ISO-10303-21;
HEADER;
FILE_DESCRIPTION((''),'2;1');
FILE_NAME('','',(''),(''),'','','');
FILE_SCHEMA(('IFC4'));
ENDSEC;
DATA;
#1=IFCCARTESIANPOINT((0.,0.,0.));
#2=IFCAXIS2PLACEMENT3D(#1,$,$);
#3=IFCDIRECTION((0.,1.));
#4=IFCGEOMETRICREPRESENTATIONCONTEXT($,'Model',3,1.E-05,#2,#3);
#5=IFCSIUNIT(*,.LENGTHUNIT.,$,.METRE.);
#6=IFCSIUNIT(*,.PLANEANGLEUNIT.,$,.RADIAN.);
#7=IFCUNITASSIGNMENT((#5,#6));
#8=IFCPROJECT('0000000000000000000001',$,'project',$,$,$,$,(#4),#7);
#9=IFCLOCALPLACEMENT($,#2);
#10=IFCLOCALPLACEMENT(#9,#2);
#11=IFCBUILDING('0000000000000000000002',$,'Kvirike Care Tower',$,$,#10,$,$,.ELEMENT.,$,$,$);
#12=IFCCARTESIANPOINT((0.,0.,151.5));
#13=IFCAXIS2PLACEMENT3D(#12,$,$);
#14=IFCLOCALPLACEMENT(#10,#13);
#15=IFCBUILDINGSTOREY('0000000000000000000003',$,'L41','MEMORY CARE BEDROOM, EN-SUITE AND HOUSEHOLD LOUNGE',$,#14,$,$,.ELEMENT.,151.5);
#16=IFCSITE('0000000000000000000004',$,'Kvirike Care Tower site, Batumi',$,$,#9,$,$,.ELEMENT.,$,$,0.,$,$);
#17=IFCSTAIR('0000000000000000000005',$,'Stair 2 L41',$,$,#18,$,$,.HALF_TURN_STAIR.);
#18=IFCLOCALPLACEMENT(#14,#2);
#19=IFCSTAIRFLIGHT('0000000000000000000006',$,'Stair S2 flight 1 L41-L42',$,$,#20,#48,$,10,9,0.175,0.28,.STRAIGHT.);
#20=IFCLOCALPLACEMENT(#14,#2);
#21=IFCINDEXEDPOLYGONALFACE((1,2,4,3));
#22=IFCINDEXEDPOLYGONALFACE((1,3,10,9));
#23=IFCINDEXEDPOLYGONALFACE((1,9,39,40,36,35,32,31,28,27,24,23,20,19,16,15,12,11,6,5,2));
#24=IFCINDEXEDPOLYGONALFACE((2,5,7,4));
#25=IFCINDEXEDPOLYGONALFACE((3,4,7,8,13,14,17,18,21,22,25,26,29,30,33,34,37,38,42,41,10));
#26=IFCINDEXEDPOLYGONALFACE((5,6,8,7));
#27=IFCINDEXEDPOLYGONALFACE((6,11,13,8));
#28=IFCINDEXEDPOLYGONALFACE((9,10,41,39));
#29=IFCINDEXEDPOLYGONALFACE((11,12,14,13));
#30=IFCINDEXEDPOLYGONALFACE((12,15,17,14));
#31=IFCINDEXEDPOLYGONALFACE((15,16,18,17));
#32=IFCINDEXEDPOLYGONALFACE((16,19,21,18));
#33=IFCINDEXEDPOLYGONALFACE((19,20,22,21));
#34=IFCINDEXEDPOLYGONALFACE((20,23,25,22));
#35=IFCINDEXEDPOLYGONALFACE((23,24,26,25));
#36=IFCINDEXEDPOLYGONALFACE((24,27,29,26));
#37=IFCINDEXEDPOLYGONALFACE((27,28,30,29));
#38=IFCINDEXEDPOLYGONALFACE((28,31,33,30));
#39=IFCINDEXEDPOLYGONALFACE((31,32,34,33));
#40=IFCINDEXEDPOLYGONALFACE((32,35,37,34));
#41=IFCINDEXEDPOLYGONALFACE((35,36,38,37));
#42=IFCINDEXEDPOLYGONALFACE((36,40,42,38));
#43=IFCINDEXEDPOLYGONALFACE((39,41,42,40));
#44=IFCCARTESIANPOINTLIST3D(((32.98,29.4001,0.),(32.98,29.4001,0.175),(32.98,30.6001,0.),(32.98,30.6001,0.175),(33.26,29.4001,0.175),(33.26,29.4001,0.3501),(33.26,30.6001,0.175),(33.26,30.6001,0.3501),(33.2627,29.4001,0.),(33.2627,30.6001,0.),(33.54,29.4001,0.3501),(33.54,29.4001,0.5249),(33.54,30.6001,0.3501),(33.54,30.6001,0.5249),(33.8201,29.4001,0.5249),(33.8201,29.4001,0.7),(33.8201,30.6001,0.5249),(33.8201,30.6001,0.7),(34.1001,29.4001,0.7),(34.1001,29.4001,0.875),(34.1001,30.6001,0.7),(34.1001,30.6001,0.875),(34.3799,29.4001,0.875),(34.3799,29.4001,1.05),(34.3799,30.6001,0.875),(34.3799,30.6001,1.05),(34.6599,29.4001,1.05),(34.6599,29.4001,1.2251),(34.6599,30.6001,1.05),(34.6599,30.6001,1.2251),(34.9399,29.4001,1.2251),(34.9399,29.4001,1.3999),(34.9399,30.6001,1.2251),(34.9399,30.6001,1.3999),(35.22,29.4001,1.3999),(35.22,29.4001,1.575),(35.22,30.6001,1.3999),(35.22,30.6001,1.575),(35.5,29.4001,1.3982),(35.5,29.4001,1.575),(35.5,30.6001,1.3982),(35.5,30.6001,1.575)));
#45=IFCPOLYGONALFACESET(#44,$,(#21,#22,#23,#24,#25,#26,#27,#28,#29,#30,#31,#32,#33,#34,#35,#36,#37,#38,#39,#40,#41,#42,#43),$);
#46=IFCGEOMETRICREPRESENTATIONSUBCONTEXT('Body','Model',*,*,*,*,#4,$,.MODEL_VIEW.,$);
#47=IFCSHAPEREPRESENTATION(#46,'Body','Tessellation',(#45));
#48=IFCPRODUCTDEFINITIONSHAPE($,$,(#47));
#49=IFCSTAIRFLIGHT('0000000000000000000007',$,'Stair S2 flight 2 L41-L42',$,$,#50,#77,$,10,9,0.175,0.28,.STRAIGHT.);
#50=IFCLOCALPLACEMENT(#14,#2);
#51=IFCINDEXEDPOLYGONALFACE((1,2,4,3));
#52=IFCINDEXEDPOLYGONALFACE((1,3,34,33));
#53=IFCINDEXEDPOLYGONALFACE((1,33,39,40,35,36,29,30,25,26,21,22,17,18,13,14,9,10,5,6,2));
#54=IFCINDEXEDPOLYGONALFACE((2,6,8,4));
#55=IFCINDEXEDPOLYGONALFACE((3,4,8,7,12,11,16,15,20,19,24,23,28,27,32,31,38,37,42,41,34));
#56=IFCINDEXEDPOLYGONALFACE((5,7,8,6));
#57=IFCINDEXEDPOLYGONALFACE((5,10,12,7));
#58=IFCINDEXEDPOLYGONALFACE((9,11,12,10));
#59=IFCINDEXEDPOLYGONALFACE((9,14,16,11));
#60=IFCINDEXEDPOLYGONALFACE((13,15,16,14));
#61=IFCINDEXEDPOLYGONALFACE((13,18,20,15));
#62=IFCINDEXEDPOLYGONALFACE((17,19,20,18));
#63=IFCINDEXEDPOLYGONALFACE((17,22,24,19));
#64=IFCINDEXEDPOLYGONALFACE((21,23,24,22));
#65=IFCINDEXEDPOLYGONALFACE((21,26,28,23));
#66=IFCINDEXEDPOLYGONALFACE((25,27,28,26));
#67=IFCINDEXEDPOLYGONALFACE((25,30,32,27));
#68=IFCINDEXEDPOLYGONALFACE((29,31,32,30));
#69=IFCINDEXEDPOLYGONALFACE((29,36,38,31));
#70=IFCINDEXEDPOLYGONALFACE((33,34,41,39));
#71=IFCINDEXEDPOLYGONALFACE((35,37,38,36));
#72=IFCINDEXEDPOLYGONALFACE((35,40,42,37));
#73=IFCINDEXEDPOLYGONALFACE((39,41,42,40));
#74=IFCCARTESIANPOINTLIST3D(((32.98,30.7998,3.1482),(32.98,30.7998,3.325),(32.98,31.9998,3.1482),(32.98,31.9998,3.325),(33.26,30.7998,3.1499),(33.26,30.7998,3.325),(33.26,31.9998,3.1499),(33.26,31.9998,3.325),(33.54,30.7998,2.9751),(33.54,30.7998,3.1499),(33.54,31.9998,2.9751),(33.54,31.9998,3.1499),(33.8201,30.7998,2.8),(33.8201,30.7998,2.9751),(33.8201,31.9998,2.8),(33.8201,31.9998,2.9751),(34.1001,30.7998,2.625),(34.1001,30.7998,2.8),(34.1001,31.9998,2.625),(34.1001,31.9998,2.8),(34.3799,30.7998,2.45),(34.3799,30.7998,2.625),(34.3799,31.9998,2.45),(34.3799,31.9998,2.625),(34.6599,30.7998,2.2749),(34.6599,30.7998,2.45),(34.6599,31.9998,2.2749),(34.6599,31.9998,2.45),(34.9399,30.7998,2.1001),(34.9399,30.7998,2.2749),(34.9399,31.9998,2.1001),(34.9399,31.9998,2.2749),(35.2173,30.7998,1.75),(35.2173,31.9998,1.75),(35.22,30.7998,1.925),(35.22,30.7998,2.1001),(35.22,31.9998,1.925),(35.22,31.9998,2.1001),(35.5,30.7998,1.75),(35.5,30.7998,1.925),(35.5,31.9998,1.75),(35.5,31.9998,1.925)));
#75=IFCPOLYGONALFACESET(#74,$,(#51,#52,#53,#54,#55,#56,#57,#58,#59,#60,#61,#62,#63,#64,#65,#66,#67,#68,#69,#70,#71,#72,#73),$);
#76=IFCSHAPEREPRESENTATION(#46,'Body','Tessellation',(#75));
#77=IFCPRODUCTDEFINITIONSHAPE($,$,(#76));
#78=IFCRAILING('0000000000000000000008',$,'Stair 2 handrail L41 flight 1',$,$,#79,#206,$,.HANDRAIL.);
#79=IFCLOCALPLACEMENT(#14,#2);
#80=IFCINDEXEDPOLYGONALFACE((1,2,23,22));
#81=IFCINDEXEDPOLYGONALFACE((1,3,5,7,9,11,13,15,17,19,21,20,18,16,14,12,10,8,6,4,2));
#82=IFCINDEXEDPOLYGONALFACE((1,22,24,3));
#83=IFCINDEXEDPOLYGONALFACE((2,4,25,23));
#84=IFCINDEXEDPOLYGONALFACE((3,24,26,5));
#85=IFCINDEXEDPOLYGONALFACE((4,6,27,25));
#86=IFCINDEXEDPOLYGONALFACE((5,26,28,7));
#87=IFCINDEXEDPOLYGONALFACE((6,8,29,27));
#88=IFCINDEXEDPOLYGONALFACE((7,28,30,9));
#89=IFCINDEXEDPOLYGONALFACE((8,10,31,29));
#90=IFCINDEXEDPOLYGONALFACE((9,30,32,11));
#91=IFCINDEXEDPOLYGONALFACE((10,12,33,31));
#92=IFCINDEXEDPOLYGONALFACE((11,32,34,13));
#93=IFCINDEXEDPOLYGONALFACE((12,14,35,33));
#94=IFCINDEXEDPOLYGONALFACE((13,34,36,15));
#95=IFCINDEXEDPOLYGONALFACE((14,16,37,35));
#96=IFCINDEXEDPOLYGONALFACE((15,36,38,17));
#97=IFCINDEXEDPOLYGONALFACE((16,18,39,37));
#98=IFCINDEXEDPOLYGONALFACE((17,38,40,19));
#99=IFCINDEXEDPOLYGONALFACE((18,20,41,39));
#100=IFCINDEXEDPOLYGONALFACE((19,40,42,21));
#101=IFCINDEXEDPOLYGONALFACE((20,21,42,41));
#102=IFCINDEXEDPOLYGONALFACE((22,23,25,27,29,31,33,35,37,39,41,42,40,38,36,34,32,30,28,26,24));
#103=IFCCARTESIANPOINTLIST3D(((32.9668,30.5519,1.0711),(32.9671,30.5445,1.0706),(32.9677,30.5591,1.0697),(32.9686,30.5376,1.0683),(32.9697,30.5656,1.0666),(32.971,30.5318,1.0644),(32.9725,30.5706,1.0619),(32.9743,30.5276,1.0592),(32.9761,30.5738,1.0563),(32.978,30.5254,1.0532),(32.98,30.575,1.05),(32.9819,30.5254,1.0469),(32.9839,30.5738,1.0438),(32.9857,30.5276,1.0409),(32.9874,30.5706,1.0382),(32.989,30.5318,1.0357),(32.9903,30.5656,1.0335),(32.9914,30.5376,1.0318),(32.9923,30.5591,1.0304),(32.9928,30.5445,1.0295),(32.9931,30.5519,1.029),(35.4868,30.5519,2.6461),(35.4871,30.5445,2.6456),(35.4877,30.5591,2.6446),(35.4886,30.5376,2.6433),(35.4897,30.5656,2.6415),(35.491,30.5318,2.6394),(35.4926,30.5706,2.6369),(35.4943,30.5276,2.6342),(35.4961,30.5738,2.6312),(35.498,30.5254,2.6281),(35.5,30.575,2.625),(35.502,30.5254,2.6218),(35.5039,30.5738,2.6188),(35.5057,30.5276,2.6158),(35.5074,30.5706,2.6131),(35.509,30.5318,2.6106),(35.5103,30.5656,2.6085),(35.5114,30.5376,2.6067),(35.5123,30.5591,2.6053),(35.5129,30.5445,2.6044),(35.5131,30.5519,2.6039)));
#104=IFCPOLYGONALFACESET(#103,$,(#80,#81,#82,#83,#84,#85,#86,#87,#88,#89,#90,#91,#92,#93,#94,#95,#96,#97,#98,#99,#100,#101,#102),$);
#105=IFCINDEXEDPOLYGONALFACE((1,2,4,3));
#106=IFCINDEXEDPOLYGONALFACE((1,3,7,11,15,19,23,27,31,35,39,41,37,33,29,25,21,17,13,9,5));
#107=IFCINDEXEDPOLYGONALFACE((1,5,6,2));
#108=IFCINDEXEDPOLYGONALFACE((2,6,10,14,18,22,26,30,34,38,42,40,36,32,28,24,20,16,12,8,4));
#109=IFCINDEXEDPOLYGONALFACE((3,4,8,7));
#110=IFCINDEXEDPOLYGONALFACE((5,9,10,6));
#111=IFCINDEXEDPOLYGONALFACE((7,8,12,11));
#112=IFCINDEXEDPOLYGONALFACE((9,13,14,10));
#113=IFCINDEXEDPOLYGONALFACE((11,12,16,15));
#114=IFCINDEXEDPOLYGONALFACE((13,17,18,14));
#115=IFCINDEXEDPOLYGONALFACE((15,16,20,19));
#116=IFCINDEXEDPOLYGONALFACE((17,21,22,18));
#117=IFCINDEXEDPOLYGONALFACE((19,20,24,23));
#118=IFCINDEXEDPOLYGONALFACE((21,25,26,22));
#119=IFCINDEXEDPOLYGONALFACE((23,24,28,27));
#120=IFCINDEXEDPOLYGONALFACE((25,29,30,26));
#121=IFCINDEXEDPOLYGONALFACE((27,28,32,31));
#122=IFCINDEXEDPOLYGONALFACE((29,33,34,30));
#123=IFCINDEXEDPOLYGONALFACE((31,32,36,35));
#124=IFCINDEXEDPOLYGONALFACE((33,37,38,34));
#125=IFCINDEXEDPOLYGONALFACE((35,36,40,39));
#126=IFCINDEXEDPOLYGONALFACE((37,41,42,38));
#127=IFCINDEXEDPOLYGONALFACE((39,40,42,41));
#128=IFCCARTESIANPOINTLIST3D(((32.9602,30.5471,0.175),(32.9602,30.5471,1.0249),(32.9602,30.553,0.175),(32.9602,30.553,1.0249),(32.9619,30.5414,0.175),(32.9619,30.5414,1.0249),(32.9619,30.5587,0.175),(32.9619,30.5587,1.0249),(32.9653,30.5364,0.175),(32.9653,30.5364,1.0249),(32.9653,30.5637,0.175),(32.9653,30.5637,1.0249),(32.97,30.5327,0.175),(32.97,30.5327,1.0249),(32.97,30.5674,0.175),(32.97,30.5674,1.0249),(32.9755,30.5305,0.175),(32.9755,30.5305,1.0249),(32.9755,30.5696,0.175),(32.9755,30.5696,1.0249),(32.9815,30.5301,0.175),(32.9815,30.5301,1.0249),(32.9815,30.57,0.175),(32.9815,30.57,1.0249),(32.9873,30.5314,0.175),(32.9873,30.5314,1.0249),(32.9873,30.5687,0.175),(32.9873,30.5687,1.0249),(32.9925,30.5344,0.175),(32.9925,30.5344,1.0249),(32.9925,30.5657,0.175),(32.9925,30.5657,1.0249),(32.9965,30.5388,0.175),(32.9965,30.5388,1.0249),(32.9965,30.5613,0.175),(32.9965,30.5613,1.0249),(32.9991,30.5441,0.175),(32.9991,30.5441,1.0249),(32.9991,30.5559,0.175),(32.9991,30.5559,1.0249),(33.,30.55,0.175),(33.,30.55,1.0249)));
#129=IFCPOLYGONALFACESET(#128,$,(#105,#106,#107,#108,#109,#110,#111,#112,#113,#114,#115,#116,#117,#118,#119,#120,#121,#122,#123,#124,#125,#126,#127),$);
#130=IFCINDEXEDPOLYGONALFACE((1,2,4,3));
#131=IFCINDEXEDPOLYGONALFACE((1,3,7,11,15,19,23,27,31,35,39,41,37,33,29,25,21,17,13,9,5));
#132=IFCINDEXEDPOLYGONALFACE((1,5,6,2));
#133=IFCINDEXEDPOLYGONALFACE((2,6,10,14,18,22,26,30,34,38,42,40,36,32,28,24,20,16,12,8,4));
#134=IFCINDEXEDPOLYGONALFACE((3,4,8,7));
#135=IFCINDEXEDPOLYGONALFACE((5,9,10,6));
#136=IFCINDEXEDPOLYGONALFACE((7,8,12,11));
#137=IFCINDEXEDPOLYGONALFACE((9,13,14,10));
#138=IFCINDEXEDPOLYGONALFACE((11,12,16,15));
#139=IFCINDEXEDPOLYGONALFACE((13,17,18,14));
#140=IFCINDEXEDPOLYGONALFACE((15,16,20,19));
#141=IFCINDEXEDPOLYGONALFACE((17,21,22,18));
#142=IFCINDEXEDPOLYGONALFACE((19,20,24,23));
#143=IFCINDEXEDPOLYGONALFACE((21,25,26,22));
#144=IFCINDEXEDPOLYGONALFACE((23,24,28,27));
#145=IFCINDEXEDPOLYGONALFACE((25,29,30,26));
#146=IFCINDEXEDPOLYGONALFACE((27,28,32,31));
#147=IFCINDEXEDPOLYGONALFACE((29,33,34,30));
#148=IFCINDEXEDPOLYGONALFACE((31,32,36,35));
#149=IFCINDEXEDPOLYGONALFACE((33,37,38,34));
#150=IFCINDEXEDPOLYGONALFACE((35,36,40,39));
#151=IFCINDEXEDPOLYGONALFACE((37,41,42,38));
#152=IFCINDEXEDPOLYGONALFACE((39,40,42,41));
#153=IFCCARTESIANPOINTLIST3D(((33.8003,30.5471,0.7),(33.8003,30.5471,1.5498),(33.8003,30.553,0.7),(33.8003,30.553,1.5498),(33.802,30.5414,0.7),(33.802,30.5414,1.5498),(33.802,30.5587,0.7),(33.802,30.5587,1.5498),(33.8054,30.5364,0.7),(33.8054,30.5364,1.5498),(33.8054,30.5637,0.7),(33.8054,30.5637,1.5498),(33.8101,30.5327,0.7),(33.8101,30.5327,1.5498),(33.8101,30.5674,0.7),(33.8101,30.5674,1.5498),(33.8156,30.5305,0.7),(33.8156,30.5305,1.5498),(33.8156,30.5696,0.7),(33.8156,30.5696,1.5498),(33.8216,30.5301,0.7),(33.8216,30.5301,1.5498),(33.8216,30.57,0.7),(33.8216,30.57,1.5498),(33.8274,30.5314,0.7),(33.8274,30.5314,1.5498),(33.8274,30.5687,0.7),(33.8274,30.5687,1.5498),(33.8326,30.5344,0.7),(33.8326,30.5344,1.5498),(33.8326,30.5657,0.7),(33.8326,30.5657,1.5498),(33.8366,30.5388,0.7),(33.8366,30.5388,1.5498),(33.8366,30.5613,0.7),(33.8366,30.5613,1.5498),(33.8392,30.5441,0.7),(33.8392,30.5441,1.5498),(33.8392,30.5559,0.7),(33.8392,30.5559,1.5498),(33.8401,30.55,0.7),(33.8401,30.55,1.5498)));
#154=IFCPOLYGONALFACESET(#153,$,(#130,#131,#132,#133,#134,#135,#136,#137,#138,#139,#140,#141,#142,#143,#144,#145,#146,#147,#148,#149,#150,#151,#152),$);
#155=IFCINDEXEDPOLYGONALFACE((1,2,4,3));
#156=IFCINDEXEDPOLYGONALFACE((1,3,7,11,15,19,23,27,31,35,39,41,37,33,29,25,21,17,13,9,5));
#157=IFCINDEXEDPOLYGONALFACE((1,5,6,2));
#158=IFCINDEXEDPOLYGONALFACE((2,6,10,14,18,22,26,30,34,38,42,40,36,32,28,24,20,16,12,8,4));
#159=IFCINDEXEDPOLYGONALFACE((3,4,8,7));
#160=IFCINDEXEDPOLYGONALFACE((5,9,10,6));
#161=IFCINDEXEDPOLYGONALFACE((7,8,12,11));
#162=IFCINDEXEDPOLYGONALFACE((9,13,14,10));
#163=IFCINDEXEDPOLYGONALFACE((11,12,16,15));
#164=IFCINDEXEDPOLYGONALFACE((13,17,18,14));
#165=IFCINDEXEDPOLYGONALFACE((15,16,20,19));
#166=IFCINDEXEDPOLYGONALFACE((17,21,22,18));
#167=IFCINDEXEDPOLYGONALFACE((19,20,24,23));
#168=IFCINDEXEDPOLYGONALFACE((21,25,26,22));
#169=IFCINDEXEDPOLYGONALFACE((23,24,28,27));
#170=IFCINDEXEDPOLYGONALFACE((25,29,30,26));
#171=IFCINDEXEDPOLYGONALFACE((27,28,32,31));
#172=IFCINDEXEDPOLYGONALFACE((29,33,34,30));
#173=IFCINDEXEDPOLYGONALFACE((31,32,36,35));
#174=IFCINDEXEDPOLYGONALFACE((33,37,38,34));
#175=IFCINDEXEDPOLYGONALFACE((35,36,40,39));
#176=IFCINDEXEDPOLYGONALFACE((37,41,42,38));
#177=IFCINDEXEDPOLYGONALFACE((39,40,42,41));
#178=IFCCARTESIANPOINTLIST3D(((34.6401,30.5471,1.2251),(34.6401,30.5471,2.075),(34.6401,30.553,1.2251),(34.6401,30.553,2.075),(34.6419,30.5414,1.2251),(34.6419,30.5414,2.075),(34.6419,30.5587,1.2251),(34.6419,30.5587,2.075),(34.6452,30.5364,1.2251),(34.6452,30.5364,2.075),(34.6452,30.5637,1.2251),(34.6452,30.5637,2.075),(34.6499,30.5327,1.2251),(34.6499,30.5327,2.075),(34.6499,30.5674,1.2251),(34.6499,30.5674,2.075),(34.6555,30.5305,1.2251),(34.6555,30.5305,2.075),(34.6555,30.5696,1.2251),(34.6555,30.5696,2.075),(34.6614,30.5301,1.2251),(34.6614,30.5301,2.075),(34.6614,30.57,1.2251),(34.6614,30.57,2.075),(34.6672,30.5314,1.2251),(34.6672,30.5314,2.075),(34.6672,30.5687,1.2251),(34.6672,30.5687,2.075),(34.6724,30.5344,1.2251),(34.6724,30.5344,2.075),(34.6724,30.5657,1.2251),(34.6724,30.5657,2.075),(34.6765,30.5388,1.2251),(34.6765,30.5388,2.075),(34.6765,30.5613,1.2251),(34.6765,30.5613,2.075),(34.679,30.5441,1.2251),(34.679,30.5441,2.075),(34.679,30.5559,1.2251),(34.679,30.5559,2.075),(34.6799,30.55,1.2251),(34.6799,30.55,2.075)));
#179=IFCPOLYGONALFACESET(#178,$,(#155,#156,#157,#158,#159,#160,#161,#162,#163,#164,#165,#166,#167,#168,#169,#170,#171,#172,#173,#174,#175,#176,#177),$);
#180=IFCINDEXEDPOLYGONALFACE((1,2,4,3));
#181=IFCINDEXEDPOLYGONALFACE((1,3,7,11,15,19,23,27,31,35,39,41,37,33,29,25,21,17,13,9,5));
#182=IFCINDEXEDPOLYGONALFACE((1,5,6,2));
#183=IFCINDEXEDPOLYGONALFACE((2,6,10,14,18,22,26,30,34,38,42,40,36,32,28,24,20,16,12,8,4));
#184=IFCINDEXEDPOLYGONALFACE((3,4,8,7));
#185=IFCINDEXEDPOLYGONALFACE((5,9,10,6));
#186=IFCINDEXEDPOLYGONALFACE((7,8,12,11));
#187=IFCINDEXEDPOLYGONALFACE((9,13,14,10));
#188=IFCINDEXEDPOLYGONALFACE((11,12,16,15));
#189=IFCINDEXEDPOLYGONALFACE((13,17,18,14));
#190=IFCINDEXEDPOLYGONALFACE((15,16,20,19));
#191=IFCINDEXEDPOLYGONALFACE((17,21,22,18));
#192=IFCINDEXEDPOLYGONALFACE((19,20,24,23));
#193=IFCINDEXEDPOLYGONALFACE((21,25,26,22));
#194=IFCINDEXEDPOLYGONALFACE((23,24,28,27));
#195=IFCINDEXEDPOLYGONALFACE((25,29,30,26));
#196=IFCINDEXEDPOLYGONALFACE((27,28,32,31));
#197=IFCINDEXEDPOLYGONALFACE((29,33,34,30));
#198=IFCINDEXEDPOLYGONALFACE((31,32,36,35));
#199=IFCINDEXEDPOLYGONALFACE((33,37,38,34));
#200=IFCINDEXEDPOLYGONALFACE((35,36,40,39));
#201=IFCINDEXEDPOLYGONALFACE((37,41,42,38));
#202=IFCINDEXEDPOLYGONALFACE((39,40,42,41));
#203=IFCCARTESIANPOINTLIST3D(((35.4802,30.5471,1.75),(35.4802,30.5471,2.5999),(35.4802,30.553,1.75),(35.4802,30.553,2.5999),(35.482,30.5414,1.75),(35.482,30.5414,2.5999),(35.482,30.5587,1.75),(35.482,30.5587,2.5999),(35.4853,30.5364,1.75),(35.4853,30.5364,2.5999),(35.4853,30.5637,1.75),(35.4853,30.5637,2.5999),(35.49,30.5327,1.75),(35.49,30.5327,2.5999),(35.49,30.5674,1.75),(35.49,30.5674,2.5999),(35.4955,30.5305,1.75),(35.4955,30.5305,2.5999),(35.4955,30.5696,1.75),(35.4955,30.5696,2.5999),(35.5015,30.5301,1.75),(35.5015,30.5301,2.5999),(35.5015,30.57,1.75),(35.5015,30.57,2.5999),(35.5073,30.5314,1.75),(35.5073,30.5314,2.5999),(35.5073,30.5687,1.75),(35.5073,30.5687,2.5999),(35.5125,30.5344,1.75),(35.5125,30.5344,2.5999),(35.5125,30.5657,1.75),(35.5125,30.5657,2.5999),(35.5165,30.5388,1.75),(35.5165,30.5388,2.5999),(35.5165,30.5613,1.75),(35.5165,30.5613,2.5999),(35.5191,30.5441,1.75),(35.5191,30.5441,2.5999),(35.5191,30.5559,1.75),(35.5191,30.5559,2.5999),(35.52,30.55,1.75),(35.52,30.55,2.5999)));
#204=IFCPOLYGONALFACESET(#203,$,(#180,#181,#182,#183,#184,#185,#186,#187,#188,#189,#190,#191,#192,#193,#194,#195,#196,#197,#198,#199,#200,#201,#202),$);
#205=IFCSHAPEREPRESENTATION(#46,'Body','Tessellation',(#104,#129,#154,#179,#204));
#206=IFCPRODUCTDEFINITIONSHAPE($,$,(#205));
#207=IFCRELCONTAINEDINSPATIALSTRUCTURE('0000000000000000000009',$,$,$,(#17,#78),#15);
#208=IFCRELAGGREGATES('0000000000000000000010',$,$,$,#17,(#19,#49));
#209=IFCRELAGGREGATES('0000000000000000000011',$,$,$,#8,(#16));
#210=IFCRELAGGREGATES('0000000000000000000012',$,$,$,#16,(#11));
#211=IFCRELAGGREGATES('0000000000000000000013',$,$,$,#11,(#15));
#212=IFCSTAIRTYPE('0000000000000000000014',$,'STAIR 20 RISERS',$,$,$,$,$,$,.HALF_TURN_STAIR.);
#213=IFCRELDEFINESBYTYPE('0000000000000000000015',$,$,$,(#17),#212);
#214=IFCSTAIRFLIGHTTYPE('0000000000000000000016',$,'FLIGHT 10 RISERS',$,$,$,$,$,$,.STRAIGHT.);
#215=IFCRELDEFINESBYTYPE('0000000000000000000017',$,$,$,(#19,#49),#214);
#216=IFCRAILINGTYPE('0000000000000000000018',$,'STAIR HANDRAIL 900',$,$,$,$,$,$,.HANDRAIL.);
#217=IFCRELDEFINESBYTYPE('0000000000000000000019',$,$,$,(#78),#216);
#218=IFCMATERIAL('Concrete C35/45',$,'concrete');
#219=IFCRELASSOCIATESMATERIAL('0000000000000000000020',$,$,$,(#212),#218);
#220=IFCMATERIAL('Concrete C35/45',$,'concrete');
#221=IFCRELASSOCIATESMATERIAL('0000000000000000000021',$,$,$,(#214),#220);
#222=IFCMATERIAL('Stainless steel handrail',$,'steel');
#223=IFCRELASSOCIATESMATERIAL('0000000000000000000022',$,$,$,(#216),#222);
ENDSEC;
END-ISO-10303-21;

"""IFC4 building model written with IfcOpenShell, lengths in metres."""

from ifc_helpers import new_model, si_unit, direction, frame, origin, origin_2d, place, context, subcontext, project, spatial, polyline, circle, outline, extrude, material, type_object, element, aggregate, save


model = new_model("IFC4")

# Units and contexts
model_context = context("Model", 3, precision=1e-05, world=origin(), true_north=direction((0.0, 1.0)))
body_context = subcontext(model_context, "Body", "Model", "MODEL_VIEW")
ifc_project = project(units=[si_unit("LENGTHUNIT", "METRE"), si_unit("PLANEANGLEUNIT", "RADIAN")], contexts=[model_context])

# Site, building, storey
site_placement = place(None, origin())
site = spatial("IfcSite", under=ifc_project, at=site_placement, Name="Kvirike Care Tower site, Batumi", CompositionType="ELEMENT", RefElevation=0.0)
building_placement = place(site_placement, origin())
building = spatial("IfcBuilding", under=site, at=building_placement, Name="Kvirike Care Tower", CompositionType="ELEMENT")
storey_placement = place(building_placement, frame((0.0, 0.0, 151.5)))
storey = spatial("IfcBuildingStorey", under=building, at=storey_placement, Name="L41", Description="MEMORY CARE BEDROOM, EN-SUITE AND HOUSEHOLD LOUNGE", CompositionType="ELEMENT", Elevation=151.5)

# Stair, stair flights
ifc_material_1 = material(Name="Concrete C35/45", Category="concrete")
stair_type = type_object("IfcStairType", Name="STAIR 20 RISERS", PredefinedType="HALF_TURN_STAIR", material=ifc_material_1)
stair_placement = place(storey_placement, origin())
stair = element("IfcStair", 1, at=stair_placement, inside=storey, type_object=stair_type, Name="Stair 2 L41", PredefinedType="HALF_TURN_STAIR")
ifc_material_2 = material(Name="Concrete C35/45", Category="concrete")
stair_flight_type = type_object("IfcStairFlightType", Name="FLIGHT 10 RISERS", PredefinedType="STRAIGHT", material=ifc_material_2)
stair_flight_1_placement = place(storey_placement, frame((32.98, 30.0, 0.0), z_axis=(0.0, 0.0, 1.0), x_axis=(1.0, 0.0, 0.0)))
stair_flight_1 = element("IfcStairFlight", 2, at=stair_flight_1_placement, type_object=stair_flight_type, Name="Stair S2 flight 1 L41-L42", NumberOfRisers=10, NumberOfTreads=9, PredefinedType="STRAIGHT", RiserHeight=0.175, TreadLength=0.28, context=body_context, shape_type="SweptSolid", body=[
    extrude(outline(polyline([(0.0, 0.0), (0.0, 0.175), (0.28, 0.175), (0.28, 0.3501), (0.5601, 0.3501), (0.5601, 0.5249), (0.8401, 0.5249), (0.8401, 0.7), (1.1201, 0.7), (1.1201, 0.875), (1.3999, 0.875), (1.3999, 1.05), (1.6799, 1.05), (1.6799, 1.2251), (1.96, 1.2251), (1.96, 1.3999), (2.24, 1.3999), (2.24, 1.575), (2.52, 1.575), (2.52, 1.75), (2.52, 1.3982), (0.2827, 0.0), (0.0, 0.0)])), frame((0.0, 0.6001, 0.0), z_axis=(0.0, -1.0, 0.0), x_axis=(1.0, 0.0, 0.0)), (0.0, 0.0, 1.0), 1.2),
])
stair_flight_2_placement = place(storey_placement, frame((35.5, 31.3999, 1.75), z_axis=(0.0, 0.0, 1.0), x_axis=(-1.0, 0.0, 0.0)))
stair_flight_2 = element("IfcStairFlight", 3, at=stair_flight_2_placement, type_object=stair_flight_type, Name="Stair S2 flight 2 L41-L42", NumberOfRisers=10, NumberOfTreads=9, PredefinedType="STRAIGHT", RiserHeight=0.175, TreadLength=0.28, context=body_context, shape_type="SweptSolid", body=[
    extrude(outline(polyline([(0.0, 0.0), (0.0, 0.175), (0.28, 0.175), (0.28, 0.3501), (0.5601, 0.3501), (0.5601, 0.5249), (0.8401, 0.5249), (0.8401, 0.7), (1.1201, 0.7), (1.1201, 0.875), (1.3999, 0.875), (1.3999, 1.05), (1.6799, 1.05), (1.6799, 1.2251), (1.96, 1.2251), (1.96, 1.3999), (2.24, 1.3999), (2.24, 1.575), (2.52, 1.575), (2.52, 1.75), (2.52, 1.3982), (0.2827, 0.0), (0.0, 0.0)])), frame((0.0, 0.6001, 0.0), z_axis=(0.0, -1.0, 0.0), x_axis=(1.0, 0.0, 0.0)), (0.0, 0.0, 1.0), 1.2),
])
aggregate(stair, [stair_flight_1, stair_flight_2])

# Railing
ifc_material_3 = material(Name="Stainless steel handrail", Category="steel")
railing_type = type_object("IfcRailingType", Name="STAIR HANDRAIL 900", PredefinedType="HANDRAIL", material=ifc_material_3)
railing_1_placement = place(storey_placement, frame((32.98, 30.55, 0.175)))
element("IfcRailing", 4, at=railing_1_placement, inside=storey, type_object=railing_type, Name="Stair 2 handrail L41 flight 1", PredefinedType="HANDRAIL", context=body_context, shape_type="SweptSolid", body=[
    extrude(circle(Radius=0.0249, at=origin_2d()), frame((0.0, 0.0, 0.875), z_axis=(0.848008, 0.0, 0.529984), x_axis=(0.0, 1.0, 0.0)), (0.0, 0.0, 1.0), 2.9717),
    extrude(circle(Radius=0.02, at=origin_2d()), origin(), (0.0, 0.0, 1.0), 0.8499),
    extrude(circle(Radius=0.02, at=origin_2d()), frame((0.8401, 0.0, 0.5249)), (0.0, 0.0, 1.0), 0.8499),
    extrude(circle(Radius=0.02, at=origin_2d()), frame((1.6799, 0.0, 1.05)), (0.0, 0.0, 1.0), 0.8499),
    extrude(circle(Radius=0.02, at=origin_2d()), frame((2.52, 0.0, 1.575)), (0.0, 0.0, 1.0), 0.8499),
])

save(model, "model.ifc")
